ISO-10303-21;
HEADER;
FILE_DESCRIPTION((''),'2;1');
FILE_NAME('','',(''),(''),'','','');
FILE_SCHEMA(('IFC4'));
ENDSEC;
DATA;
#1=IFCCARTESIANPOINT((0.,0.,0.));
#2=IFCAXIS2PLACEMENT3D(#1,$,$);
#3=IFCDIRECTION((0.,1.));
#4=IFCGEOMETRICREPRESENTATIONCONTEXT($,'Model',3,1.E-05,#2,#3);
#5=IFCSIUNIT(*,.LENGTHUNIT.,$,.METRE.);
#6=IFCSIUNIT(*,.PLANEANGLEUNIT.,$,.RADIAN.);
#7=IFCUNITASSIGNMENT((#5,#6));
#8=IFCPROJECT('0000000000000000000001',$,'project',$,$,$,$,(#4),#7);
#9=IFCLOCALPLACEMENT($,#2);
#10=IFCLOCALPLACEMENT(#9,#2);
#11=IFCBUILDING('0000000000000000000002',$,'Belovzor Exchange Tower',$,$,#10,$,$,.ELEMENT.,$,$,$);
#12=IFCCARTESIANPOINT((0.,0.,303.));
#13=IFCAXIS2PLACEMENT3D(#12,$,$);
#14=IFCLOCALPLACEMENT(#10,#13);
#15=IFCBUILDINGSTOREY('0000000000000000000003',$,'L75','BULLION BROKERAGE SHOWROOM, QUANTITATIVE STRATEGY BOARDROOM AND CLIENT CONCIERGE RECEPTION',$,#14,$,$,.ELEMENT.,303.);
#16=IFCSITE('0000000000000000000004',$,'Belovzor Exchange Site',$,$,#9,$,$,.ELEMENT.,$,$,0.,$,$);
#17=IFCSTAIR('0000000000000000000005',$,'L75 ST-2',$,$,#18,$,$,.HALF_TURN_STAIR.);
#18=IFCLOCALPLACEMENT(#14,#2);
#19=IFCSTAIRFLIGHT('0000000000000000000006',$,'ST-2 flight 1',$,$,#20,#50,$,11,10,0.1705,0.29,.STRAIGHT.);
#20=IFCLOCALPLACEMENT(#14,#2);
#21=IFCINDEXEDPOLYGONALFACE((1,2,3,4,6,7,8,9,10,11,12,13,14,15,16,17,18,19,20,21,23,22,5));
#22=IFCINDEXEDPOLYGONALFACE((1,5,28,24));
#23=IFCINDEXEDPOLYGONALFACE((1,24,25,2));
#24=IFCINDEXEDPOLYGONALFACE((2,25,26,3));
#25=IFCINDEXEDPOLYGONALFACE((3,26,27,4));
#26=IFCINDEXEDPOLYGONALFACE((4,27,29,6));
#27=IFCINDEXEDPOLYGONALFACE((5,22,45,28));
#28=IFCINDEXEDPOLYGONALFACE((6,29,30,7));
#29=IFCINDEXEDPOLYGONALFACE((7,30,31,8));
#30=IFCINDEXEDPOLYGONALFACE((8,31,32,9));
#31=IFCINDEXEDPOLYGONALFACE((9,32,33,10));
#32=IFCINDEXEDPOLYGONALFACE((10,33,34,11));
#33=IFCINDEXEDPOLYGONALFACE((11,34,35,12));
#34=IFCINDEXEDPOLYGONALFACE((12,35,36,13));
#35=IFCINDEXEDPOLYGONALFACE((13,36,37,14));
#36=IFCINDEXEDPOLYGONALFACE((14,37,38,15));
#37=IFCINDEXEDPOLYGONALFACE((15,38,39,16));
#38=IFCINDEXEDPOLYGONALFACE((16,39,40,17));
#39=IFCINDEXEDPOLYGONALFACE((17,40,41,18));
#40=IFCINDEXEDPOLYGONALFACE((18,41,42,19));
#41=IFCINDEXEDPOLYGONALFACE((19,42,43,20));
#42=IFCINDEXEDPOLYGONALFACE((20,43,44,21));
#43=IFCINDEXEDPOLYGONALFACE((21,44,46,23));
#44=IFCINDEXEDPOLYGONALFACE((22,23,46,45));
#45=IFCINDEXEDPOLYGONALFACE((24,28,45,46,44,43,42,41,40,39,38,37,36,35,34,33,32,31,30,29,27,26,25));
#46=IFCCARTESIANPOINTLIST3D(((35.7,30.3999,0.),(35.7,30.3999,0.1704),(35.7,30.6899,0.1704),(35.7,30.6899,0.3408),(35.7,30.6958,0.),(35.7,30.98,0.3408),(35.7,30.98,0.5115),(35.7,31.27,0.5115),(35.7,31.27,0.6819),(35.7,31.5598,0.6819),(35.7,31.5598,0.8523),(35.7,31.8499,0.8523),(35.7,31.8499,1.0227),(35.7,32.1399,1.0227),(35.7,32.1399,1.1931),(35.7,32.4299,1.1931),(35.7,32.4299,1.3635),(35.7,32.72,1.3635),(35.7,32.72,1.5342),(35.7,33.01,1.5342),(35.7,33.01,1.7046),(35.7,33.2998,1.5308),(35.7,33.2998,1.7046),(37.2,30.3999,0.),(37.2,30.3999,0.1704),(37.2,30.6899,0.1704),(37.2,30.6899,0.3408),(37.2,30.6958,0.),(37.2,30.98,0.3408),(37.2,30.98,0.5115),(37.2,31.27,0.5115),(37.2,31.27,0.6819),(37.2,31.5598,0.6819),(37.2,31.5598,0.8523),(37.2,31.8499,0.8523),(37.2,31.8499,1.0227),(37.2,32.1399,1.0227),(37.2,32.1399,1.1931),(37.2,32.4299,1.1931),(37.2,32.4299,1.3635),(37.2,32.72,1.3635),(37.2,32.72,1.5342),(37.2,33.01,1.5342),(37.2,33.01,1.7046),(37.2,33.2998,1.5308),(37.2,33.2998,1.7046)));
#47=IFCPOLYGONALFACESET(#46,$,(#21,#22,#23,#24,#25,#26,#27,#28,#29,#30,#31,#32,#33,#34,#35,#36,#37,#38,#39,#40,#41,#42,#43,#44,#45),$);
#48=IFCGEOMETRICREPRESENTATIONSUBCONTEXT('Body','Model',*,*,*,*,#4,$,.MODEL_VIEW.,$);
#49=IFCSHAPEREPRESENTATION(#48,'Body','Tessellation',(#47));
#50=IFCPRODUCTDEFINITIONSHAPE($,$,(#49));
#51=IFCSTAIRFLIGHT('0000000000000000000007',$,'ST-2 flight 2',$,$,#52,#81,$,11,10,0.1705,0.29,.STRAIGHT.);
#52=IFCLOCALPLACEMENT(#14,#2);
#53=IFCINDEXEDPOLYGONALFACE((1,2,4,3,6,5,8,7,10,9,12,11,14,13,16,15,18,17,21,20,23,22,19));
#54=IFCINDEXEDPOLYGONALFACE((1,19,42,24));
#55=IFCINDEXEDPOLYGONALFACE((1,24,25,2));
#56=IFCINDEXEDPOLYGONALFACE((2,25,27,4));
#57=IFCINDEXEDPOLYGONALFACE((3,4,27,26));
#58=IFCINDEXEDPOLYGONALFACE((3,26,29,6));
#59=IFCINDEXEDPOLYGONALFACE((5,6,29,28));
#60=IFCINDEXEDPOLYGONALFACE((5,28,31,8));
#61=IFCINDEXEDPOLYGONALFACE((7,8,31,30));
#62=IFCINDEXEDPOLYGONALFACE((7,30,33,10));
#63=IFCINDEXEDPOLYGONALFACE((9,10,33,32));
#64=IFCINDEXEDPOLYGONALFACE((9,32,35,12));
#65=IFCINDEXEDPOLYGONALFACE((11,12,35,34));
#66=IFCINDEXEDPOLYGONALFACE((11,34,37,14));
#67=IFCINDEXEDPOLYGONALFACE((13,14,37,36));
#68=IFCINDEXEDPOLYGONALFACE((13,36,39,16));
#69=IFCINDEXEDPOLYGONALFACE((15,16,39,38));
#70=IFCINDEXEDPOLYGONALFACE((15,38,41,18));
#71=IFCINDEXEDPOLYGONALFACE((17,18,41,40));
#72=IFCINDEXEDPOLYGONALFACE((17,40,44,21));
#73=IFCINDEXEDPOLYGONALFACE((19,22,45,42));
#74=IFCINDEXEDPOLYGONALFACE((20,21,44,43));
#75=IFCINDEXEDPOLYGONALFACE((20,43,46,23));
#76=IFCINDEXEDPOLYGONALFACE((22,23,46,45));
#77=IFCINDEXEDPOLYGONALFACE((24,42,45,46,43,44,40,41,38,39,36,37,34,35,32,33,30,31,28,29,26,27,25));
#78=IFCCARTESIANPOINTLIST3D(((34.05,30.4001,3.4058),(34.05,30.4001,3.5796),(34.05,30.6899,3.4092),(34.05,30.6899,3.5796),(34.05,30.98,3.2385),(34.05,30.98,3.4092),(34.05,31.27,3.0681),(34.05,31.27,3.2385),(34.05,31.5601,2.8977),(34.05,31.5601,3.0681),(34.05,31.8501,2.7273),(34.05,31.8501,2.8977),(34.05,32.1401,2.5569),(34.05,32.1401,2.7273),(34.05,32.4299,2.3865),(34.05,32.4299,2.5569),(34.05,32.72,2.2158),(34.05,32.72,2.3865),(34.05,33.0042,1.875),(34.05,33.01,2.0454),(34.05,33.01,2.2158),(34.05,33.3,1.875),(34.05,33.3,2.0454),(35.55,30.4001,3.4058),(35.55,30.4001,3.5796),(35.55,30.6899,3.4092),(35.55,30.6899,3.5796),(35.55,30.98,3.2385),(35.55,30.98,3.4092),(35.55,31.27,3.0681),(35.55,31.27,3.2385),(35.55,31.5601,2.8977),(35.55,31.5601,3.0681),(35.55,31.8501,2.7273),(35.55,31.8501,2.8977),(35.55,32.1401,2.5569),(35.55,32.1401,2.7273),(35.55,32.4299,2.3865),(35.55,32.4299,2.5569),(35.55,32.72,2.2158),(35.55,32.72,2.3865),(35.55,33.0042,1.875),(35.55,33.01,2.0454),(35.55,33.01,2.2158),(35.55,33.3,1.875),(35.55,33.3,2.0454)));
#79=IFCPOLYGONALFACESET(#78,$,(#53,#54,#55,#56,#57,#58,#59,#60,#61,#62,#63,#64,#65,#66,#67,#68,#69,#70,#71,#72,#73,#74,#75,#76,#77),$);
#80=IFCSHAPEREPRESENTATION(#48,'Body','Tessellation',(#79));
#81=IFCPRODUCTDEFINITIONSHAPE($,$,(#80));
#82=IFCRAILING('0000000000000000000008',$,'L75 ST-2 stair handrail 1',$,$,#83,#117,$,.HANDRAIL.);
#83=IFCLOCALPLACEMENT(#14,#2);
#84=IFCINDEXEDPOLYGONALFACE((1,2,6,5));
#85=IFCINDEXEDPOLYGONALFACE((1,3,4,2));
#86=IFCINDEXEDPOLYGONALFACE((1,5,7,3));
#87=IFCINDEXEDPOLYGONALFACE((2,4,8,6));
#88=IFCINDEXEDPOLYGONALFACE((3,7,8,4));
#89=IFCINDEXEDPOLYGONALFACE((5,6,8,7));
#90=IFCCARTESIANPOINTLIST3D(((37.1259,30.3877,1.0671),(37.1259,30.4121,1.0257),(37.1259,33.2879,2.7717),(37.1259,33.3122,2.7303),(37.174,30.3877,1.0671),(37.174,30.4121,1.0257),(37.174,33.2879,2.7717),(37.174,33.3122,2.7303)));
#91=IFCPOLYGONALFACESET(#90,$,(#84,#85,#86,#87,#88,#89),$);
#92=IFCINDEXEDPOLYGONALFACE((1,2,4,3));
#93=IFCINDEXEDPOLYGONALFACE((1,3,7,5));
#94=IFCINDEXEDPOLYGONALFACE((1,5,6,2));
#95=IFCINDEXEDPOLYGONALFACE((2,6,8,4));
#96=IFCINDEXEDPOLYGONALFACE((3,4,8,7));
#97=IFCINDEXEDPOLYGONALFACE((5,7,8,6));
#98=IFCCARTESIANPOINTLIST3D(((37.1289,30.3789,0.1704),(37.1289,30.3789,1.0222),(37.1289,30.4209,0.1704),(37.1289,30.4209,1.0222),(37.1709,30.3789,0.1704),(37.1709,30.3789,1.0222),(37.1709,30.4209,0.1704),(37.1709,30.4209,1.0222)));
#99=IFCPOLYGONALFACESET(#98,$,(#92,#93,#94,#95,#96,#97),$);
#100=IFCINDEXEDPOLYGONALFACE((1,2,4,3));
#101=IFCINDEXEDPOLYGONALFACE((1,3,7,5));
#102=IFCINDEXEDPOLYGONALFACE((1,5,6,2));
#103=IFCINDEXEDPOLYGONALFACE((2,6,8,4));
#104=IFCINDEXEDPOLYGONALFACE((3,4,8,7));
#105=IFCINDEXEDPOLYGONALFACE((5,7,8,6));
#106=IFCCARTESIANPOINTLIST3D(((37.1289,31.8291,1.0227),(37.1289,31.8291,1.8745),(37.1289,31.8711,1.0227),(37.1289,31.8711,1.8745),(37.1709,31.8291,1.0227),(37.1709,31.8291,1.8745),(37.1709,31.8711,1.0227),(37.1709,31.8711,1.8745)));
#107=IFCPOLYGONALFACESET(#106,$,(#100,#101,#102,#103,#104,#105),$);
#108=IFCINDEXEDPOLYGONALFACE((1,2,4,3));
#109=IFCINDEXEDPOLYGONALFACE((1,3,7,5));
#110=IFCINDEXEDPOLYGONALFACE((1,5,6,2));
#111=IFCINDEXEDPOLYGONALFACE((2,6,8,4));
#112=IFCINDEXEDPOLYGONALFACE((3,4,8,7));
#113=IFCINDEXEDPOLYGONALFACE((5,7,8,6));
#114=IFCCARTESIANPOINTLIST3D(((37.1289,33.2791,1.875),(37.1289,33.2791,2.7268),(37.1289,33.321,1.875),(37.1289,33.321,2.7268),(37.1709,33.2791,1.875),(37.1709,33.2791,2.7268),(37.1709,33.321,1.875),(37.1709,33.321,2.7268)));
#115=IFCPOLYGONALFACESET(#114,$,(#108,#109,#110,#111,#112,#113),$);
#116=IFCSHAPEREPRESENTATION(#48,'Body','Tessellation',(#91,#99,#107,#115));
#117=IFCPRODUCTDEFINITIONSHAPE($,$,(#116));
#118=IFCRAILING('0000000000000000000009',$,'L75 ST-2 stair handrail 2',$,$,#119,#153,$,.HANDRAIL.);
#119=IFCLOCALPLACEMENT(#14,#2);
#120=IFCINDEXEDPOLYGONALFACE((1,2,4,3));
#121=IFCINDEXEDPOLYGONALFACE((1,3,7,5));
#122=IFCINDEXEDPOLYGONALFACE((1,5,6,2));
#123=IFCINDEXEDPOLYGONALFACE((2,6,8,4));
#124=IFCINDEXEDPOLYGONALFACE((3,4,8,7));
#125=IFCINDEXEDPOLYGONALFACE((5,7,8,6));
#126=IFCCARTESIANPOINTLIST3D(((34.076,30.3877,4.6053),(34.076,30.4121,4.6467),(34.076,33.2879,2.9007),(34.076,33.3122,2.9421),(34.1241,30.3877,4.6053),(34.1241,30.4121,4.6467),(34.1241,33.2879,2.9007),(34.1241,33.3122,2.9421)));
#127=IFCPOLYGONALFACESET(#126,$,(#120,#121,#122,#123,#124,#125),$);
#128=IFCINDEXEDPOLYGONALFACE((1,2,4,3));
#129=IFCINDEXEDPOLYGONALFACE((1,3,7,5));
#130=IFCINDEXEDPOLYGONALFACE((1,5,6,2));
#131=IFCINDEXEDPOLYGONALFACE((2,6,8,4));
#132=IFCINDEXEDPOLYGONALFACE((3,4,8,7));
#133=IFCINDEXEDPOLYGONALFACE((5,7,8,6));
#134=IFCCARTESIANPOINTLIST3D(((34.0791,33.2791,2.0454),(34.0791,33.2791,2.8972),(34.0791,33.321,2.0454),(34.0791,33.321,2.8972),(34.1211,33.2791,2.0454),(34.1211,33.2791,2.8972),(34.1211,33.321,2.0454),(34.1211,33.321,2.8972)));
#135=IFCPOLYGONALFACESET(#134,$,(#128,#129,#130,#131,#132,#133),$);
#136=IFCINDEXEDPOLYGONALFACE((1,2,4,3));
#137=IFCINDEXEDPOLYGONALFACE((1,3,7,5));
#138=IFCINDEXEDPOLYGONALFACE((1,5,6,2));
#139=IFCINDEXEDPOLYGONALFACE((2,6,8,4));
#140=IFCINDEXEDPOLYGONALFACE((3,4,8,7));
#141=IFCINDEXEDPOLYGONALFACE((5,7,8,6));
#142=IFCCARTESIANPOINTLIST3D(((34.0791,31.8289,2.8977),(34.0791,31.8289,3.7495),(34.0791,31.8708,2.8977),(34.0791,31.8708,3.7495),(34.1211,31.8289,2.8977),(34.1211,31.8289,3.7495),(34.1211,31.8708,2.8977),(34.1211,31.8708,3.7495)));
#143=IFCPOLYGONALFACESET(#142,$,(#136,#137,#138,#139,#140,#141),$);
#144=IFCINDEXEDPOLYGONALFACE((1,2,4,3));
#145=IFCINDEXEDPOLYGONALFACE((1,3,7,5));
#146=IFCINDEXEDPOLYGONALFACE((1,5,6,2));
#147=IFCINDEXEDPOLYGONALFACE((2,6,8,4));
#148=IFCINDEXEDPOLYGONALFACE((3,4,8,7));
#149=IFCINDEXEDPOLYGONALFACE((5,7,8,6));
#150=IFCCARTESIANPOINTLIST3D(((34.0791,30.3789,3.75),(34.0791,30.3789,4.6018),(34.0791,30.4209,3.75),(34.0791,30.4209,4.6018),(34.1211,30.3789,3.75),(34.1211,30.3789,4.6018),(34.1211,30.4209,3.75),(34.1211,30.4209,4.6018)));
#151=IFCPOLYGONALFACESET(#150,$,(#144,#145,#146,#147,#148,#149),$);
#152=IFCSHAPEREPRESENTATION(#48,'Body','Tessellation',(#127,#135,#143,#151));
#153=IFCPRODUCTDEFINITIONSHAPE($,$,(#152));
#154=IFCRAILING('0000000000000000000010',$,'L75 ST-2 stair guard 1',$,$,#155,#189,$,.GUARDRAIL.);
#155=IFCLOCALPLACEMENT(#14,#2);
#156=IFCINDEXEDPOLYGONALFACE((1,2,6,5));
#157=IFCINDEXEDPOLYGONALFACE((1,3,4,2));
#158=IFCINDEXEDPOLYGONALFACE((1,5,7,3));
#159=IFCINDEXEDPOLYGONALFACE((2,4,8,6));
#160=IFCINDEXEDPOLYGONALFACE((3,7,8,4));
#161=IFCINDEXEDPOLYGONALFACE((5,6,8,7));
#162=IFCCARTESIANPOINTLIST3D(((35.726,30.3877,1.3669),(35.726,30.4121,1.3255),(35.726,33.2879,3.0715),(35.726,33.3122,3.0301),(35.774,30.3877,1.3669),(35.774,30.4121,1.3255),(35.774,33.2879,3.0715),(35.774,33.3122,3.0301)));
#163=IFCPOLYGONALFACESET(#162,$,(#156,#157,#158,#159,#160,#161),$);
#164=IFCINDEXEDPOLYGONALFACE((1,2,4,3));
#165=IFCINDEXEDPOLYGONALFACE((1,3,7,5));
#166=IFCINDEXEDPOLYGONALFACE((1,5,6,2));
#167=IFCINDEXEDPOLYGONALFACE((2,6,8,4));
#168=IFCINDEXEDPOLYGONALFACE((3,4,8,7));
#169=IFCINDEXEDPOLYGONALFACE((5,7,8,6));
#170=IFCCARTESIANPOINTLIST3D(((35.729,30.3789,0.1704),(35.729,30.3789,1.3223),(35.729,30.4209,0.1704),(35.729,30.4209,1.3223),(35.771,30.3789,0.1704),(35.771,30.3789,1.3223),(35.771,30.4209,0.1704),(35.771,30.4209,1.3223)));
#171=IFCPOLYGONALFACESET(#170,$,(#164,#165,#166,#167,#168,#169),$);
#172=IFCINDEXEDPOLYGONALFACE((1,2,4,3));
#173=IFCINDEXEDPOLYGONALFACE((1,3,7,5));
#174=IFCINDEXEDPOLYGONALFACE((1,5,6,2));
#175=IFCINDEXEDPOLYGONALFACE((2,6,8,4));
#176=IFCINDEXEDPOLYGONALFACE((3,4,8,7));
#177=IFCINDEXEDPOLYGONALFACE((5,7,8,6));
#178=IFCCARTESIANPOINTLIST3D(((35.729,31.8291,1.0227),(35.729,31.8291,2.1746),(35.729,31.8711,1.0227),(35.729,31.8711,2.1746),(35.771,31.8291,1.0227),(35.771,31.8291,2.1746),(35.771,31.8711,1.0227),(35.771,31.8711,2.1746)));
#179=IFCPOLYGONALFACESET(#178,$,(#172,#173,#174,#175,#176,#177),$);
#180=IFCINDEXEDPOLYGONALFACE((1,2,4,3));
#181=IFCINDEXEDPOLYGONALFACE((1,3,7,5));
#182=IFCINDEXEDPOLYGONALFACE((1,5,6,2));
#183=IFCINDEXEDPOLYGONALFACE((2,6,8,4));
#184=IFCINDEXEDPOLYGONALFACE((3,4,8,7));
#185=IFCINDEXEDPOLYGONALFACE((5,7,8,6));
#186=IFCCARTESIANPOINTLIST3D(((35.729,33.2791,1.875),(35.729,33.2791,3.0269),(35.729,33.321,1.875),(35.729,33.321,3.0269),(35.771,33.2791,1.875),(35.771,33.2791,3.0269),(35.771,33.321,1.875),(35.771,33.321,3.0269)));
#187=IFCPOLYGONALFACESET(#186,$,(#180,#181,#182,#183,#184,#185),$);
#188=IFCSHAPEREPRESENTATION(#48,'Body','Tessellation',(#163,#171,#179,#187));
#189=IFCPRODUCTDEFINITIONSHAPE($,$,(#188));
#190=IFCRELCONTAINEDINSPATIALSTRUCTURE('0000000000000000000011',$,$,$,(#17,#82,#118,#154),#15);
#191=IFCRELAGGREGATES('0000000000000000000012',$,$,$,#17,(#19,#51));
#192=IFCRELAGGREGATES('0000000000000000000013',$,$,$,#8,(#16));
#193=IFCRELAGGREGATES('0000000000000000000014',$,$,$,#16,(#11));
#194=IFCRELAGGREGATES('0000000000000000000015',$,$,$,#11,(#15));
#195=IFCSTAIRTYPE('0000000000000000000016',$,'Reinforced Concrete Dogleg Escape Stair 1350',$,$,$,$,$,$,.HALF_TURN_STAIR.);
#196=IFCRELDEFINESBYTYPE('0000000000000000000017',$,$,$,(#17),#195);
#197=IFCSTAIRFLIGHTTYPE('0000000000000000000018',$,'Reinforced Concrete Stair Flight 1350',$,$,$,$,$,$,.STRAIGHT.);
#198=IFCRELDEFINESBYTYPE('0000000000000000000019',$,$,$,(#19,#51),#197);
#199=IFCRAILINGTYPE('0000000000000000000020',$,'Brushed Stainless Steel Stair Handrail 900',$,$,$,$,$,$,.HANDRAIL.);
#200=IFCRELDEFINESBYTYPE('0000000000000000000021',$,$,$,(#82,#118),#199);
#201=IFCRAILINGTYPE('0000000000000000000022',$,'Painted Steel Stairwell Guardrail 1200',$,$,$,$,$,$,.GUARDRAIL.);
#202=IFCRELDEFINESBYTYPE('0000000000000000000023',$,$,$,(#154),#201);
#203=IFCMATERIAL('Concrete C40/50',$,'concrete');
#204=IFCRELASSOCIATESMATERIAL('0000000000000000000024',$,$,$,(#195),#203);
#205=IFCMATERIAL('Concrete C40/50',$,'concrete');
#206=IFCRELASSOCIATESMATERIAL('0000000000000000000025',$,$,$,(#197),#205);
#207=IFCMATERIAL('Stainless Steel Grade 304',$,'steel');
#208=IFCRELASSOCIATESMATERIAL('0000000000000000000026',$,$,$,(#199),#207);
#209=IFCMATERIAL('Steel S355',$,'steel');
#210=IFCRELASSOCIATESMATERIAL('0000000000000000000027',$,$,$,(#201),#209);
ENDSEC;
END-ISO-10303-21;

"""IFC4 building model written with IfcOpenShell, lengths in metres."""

from ifc_helpers import new_model, si_unit, direction, frame, origin, origin_2d, place, context, subcontext, project, spatial, polyline, rectangle, outline, extrude, material, type_object, element, aggregate, save


model = new_model("IFC4")

# Units and contexts
model_context = context("Model", 3, precision=1e-05, world=origin(), true_north=direction((0.0, 1.0)))
body_context = subcontext(model_context, "Body", "Model", "MODEL_VIEW")
ifc_project = project(units=[si_unit("LENGTHUNIT", "METRE"), si_unit("PLANEANGLEUNIT", "RADIAN")], contexts=[model_context])

# Site, building, storey
site_placement = place(None, origin())
site = spatial("IfcSite", under=ifc_project, at=site_placement, Name="Belovzor Exchange Site", CompositionType="ELEMENT", RefElevation=0.0)
building_placement = place(site_placement, origin())
building = spatial("IfcBuilding", under=site, at=building_placement, Name="Belovzor Exchange Tower", CompositionType="ELEMENT")
storey_placement = place(building_placement, frame((0.0, 0.0, 303.0)))
storey = spatial("IfcBuildingStorey", under=building, at=storey_placement, Name="L75", Description="BULLION BROKERAGE SHOWROOM, QUANTITATIVE STRATEGY BOARDROOM AND CLIENT CONCIERGE RECEPTION", CompositionType="ELEMENT", Elevation=303.0)

# Stair, stair flights
ifc_material_1 = material(Name="Concrete C40/50", Category="concrete")
stair_type = type_object("IfcStairType", Name="Reinforced Concrete Dogleg Escape Stair 1350", PredefinedType="HALF_TURN_STAIR", material=ifc_material_1)
stair_placement = place(storey_placement, origin())
stair = element("IfcStair", 1, at=stair_placement, inside=storey, type_object=stair_type, Name="L75 ST-2", PredefinedType="HALF_TURN_STAIR")
ifc_material_2 = material(Name="Concrete C40/50", Category="concrete")
stair_flight_type = type_object("IfcStairFlightType", Name="Reinforced Concrete Stair Flight 1350", PredefinedType="STRAIGHT", material=ifc_material_2)
stair_flight_1_placement = place(storey_placement, frame((36.45, 30.3999, 0.0), z_axis=(0.0, 0.0, 1.0), x_axis=(0.0, 1.0, 0.0)))
stair_flight_1 = element("IfcStairFlight", 2, at=stair_flight_1_placement, type_object=stair_flight_type, Name="ST-2 flight 1", NumberOfRisers=11, NumberOfTreads=10, PredefinedType="STRAIGHT", RiserHeight=0.1705, TreadLength=0.29, context=body_context, shape_type="SweptSolid", body=[
    extrude(outline(polyline([(0.0, 0.0), (0.0, 0.1704), (0.29, 0.1704), (0.29, 0.3408), (0.5801, 0.3408), (0.5801, 0.5115), (0.8701, 0.5115), (0.8701, 0.6819), (1.1599, 0.6819), (1.1599, 0.8523), (1.45, 0.8523), (1.45, 1.0227), (1.74, 1.0227), (1.74, 1.1931), (2.03, 1.1931), (2.03, 1.3635), (2.3201, 1.3635), (2.3201, 1.5342), (2.6101, 1.5342), (2.6101, 1.7046), (2.8999, 1.7046), (2.8999, 1.875), (2.8999, 1.5308), (0.2959, 0.0), (0.0, 0.0)])), frame((0.0, 0.75, 0.0), z_axis=(0.0, -1.0, 0.0), x_axis=(1.0, 0.0, 0.0)), (0.0, 0.0, 1.0), 1.5),
])
stair_flight_2_placement = place(storey_placement, frame((34.8, 33.3, 1.875), z_axis=(0.0, 0.0, 1.0), x_axis=(0.0, -1.0, 0.0)))
stair_flight_2 = element("IfcStairFlight", 3, at=stair_flight_2_placement, type_object=stair_flight_type, Name="ST-2 flight 2", NumberOfRisers=11, NumberOfTreads=10, PredefinedType="STRAIGHT", RiserHeight=0.1705, TreadLength=0.29, context=body_context, shape_type="SweptSolid", body=[
    extrude(outline(polyline([(0.0, 0.0), (0.0, 0.1704), (0.29, 0.1704), (0.29, 0.3408), (0.5801, 0.3408), (0.5801, 0.5115), (0.8701, 0.5115), (0.8701, 0.6819), (1.1599, 0.6819), (1.1599, 0.8523), (1.45, 0.8523), (1.45, 1.0227), (1.74, 1.0227), (1.74, 1.1931), (2.03, 1.1931), (2.03, 1.3635), (2.3201, 1.3635), (2.3201, 1.5342), (2.6101, 1.5342), (2.6101, 1.7046), (2.8999, 1.7046), (2.8999, 1.875), (2.8999, 1.5308), (0.2959, 0.0), (0.0, 0.0)])), frame((0.0, 0.75, 0.0), z_axis=(0.0, -1.0, 0.0), x_axis=(1.0, 0.0, 0.0)), (0.0, 0.0, 1.0), 1.5),
])
aggregate(stair, [stair_flight_1, stair_flight_2])

# Railings
ifc_material_3 = material(Name="Stainless Steel Grade 304", Category="steel")
railing_type_1 = type_object("IfcRailingType", Name="Brushed Stainless Steel Stair Handrail 900", PredefinedType="HANDRAIL", material=ifc_material_3)
railing_1_placement = place(storey_placement, frame((37.1499, 30.3999, 0.1704)))
element("IfcRailing", 4, at=railing_1_placement, inside=storey, type_object=railing_type_1, Name="L75 ST-2 stair handrail 1", PredefinedType="HANDRAIL", context=body_context, shape_type="SweptSolid", body=[
    extrude(rectangle(XDim=0.0481, YDim=0.0481, at=origin_2d()), frame((0.0, 0.0, 0.876), z_axis=(0.0, 0.862113, 0.506716), x_axis=(-1.0, 0.0, 0.0)), (0.0, 0.0, 1.0), 3.364),
    extrude(rectangle(XDim=0.042, YDim=0.042, at=origin_2d()), origin(), (0.0, 0.0, 1.0), 0.8518),
    extrude(rectangle(XDim=0.042, YDim=0.042, at=origin_2d()), frame((0.0, 1.4502, 0.8523)), (0.0, 0.0, 1.0), 0.8518),
    extrude(rectangle(XDim=0.042, YDim=0.042, at=origin_2d()), frame((0.0, 2.9001, 1.7046)), (0.0, 0.0, 1.0), 0.8518),
])
railing_2_placement = place(storey_placement, frame((34.1001, 33.3, 2.0454)))
element("IfcRailing", 5, at=railing_2_placement, inside=storey, type_object=railing_type_1, Name="L75 ST-2 stair handrail 2", PredefinedType="HANDRAIL", context=body_context, shape_type="SweptSolid", body=[
    extrude(rectangle(XDim=0.0481, YDim=0.0481, at=origin_2d()), frame((0.0, 0.0, 0.876), z_axis=(0.0, -0.862113, 0.506716), x_axis=(1.0, 0.0, 0.0)), (0.0, 0.0, 1.0), 3.364),
    extrude(rectangle(XDim=0.042, YDim=0.042, at=origin_2d()), origin(), (0.0, 0.0, 1.0), 0.8518),
    extrude(rectangle(XDim=0.042, YDim=0.042, at=origin_2d()), frame((0.0, -1.4502, 0.8523)), (0.0, 0.0, 1.0), 0.8518),
    extrude(rectangle(XDim=0.042, YDim=0.042, at=origin_2d()), frame((0.0, -2.9001, 1.7046)), (0.0, 0.0, 1.0), 0.8518),
])
ifc_material_4 = material(Name="Steel S355", Category="steel")
railing_type_2 = type_object("IfcRailingType", Name="Painted Steel Stairwell Guardrail 1200", PredefinedType="GUARDRAIL", material=ifc_material_4)
railing_3_placement = place(storey_placement, frame((35.75, 30.3999, 0.1704)))
element("IfcRailing", 6, at=railing_3_placement, inside=storey, type_object=railing_type_2, Name="L75 ST-2 stair guard 1", PredefinedType="GUARDRAIL", context=body_context, shape_type="SweptSolid", body=[
    extrude(rectangle(XDim=0.0481, YDim=0.0481, at=origin_2d()), frame((0.0, 0.0, 1.1758), z_axis=(0.0, 0.862113, 0.506716), x_axis=(-1.0, 0.0, 0.0)), (0.0, 0.0, 1.0), 3.364),
    extrude(rectangle(XDim=0.042, YDim=0.042, at=origin_2d()), origin(), (0.0, 0.0, 1.0), 1.1519),
    extrude(rectangle(XDim=0.042, YDim=0.042, at=origin_2d()), frame((0.0, 1.4502, 0.8523)), (0.0, 0.0, 1.0), 1.1519),
    extrude(rectangle(XDim=0.042, YDim=0.042, at=origin_2d()), frame((0.0, 2.9001, 1.7046)), (0.0, 0.0, 1.0), 1.1519),
])

save(model, "model.ifc")
